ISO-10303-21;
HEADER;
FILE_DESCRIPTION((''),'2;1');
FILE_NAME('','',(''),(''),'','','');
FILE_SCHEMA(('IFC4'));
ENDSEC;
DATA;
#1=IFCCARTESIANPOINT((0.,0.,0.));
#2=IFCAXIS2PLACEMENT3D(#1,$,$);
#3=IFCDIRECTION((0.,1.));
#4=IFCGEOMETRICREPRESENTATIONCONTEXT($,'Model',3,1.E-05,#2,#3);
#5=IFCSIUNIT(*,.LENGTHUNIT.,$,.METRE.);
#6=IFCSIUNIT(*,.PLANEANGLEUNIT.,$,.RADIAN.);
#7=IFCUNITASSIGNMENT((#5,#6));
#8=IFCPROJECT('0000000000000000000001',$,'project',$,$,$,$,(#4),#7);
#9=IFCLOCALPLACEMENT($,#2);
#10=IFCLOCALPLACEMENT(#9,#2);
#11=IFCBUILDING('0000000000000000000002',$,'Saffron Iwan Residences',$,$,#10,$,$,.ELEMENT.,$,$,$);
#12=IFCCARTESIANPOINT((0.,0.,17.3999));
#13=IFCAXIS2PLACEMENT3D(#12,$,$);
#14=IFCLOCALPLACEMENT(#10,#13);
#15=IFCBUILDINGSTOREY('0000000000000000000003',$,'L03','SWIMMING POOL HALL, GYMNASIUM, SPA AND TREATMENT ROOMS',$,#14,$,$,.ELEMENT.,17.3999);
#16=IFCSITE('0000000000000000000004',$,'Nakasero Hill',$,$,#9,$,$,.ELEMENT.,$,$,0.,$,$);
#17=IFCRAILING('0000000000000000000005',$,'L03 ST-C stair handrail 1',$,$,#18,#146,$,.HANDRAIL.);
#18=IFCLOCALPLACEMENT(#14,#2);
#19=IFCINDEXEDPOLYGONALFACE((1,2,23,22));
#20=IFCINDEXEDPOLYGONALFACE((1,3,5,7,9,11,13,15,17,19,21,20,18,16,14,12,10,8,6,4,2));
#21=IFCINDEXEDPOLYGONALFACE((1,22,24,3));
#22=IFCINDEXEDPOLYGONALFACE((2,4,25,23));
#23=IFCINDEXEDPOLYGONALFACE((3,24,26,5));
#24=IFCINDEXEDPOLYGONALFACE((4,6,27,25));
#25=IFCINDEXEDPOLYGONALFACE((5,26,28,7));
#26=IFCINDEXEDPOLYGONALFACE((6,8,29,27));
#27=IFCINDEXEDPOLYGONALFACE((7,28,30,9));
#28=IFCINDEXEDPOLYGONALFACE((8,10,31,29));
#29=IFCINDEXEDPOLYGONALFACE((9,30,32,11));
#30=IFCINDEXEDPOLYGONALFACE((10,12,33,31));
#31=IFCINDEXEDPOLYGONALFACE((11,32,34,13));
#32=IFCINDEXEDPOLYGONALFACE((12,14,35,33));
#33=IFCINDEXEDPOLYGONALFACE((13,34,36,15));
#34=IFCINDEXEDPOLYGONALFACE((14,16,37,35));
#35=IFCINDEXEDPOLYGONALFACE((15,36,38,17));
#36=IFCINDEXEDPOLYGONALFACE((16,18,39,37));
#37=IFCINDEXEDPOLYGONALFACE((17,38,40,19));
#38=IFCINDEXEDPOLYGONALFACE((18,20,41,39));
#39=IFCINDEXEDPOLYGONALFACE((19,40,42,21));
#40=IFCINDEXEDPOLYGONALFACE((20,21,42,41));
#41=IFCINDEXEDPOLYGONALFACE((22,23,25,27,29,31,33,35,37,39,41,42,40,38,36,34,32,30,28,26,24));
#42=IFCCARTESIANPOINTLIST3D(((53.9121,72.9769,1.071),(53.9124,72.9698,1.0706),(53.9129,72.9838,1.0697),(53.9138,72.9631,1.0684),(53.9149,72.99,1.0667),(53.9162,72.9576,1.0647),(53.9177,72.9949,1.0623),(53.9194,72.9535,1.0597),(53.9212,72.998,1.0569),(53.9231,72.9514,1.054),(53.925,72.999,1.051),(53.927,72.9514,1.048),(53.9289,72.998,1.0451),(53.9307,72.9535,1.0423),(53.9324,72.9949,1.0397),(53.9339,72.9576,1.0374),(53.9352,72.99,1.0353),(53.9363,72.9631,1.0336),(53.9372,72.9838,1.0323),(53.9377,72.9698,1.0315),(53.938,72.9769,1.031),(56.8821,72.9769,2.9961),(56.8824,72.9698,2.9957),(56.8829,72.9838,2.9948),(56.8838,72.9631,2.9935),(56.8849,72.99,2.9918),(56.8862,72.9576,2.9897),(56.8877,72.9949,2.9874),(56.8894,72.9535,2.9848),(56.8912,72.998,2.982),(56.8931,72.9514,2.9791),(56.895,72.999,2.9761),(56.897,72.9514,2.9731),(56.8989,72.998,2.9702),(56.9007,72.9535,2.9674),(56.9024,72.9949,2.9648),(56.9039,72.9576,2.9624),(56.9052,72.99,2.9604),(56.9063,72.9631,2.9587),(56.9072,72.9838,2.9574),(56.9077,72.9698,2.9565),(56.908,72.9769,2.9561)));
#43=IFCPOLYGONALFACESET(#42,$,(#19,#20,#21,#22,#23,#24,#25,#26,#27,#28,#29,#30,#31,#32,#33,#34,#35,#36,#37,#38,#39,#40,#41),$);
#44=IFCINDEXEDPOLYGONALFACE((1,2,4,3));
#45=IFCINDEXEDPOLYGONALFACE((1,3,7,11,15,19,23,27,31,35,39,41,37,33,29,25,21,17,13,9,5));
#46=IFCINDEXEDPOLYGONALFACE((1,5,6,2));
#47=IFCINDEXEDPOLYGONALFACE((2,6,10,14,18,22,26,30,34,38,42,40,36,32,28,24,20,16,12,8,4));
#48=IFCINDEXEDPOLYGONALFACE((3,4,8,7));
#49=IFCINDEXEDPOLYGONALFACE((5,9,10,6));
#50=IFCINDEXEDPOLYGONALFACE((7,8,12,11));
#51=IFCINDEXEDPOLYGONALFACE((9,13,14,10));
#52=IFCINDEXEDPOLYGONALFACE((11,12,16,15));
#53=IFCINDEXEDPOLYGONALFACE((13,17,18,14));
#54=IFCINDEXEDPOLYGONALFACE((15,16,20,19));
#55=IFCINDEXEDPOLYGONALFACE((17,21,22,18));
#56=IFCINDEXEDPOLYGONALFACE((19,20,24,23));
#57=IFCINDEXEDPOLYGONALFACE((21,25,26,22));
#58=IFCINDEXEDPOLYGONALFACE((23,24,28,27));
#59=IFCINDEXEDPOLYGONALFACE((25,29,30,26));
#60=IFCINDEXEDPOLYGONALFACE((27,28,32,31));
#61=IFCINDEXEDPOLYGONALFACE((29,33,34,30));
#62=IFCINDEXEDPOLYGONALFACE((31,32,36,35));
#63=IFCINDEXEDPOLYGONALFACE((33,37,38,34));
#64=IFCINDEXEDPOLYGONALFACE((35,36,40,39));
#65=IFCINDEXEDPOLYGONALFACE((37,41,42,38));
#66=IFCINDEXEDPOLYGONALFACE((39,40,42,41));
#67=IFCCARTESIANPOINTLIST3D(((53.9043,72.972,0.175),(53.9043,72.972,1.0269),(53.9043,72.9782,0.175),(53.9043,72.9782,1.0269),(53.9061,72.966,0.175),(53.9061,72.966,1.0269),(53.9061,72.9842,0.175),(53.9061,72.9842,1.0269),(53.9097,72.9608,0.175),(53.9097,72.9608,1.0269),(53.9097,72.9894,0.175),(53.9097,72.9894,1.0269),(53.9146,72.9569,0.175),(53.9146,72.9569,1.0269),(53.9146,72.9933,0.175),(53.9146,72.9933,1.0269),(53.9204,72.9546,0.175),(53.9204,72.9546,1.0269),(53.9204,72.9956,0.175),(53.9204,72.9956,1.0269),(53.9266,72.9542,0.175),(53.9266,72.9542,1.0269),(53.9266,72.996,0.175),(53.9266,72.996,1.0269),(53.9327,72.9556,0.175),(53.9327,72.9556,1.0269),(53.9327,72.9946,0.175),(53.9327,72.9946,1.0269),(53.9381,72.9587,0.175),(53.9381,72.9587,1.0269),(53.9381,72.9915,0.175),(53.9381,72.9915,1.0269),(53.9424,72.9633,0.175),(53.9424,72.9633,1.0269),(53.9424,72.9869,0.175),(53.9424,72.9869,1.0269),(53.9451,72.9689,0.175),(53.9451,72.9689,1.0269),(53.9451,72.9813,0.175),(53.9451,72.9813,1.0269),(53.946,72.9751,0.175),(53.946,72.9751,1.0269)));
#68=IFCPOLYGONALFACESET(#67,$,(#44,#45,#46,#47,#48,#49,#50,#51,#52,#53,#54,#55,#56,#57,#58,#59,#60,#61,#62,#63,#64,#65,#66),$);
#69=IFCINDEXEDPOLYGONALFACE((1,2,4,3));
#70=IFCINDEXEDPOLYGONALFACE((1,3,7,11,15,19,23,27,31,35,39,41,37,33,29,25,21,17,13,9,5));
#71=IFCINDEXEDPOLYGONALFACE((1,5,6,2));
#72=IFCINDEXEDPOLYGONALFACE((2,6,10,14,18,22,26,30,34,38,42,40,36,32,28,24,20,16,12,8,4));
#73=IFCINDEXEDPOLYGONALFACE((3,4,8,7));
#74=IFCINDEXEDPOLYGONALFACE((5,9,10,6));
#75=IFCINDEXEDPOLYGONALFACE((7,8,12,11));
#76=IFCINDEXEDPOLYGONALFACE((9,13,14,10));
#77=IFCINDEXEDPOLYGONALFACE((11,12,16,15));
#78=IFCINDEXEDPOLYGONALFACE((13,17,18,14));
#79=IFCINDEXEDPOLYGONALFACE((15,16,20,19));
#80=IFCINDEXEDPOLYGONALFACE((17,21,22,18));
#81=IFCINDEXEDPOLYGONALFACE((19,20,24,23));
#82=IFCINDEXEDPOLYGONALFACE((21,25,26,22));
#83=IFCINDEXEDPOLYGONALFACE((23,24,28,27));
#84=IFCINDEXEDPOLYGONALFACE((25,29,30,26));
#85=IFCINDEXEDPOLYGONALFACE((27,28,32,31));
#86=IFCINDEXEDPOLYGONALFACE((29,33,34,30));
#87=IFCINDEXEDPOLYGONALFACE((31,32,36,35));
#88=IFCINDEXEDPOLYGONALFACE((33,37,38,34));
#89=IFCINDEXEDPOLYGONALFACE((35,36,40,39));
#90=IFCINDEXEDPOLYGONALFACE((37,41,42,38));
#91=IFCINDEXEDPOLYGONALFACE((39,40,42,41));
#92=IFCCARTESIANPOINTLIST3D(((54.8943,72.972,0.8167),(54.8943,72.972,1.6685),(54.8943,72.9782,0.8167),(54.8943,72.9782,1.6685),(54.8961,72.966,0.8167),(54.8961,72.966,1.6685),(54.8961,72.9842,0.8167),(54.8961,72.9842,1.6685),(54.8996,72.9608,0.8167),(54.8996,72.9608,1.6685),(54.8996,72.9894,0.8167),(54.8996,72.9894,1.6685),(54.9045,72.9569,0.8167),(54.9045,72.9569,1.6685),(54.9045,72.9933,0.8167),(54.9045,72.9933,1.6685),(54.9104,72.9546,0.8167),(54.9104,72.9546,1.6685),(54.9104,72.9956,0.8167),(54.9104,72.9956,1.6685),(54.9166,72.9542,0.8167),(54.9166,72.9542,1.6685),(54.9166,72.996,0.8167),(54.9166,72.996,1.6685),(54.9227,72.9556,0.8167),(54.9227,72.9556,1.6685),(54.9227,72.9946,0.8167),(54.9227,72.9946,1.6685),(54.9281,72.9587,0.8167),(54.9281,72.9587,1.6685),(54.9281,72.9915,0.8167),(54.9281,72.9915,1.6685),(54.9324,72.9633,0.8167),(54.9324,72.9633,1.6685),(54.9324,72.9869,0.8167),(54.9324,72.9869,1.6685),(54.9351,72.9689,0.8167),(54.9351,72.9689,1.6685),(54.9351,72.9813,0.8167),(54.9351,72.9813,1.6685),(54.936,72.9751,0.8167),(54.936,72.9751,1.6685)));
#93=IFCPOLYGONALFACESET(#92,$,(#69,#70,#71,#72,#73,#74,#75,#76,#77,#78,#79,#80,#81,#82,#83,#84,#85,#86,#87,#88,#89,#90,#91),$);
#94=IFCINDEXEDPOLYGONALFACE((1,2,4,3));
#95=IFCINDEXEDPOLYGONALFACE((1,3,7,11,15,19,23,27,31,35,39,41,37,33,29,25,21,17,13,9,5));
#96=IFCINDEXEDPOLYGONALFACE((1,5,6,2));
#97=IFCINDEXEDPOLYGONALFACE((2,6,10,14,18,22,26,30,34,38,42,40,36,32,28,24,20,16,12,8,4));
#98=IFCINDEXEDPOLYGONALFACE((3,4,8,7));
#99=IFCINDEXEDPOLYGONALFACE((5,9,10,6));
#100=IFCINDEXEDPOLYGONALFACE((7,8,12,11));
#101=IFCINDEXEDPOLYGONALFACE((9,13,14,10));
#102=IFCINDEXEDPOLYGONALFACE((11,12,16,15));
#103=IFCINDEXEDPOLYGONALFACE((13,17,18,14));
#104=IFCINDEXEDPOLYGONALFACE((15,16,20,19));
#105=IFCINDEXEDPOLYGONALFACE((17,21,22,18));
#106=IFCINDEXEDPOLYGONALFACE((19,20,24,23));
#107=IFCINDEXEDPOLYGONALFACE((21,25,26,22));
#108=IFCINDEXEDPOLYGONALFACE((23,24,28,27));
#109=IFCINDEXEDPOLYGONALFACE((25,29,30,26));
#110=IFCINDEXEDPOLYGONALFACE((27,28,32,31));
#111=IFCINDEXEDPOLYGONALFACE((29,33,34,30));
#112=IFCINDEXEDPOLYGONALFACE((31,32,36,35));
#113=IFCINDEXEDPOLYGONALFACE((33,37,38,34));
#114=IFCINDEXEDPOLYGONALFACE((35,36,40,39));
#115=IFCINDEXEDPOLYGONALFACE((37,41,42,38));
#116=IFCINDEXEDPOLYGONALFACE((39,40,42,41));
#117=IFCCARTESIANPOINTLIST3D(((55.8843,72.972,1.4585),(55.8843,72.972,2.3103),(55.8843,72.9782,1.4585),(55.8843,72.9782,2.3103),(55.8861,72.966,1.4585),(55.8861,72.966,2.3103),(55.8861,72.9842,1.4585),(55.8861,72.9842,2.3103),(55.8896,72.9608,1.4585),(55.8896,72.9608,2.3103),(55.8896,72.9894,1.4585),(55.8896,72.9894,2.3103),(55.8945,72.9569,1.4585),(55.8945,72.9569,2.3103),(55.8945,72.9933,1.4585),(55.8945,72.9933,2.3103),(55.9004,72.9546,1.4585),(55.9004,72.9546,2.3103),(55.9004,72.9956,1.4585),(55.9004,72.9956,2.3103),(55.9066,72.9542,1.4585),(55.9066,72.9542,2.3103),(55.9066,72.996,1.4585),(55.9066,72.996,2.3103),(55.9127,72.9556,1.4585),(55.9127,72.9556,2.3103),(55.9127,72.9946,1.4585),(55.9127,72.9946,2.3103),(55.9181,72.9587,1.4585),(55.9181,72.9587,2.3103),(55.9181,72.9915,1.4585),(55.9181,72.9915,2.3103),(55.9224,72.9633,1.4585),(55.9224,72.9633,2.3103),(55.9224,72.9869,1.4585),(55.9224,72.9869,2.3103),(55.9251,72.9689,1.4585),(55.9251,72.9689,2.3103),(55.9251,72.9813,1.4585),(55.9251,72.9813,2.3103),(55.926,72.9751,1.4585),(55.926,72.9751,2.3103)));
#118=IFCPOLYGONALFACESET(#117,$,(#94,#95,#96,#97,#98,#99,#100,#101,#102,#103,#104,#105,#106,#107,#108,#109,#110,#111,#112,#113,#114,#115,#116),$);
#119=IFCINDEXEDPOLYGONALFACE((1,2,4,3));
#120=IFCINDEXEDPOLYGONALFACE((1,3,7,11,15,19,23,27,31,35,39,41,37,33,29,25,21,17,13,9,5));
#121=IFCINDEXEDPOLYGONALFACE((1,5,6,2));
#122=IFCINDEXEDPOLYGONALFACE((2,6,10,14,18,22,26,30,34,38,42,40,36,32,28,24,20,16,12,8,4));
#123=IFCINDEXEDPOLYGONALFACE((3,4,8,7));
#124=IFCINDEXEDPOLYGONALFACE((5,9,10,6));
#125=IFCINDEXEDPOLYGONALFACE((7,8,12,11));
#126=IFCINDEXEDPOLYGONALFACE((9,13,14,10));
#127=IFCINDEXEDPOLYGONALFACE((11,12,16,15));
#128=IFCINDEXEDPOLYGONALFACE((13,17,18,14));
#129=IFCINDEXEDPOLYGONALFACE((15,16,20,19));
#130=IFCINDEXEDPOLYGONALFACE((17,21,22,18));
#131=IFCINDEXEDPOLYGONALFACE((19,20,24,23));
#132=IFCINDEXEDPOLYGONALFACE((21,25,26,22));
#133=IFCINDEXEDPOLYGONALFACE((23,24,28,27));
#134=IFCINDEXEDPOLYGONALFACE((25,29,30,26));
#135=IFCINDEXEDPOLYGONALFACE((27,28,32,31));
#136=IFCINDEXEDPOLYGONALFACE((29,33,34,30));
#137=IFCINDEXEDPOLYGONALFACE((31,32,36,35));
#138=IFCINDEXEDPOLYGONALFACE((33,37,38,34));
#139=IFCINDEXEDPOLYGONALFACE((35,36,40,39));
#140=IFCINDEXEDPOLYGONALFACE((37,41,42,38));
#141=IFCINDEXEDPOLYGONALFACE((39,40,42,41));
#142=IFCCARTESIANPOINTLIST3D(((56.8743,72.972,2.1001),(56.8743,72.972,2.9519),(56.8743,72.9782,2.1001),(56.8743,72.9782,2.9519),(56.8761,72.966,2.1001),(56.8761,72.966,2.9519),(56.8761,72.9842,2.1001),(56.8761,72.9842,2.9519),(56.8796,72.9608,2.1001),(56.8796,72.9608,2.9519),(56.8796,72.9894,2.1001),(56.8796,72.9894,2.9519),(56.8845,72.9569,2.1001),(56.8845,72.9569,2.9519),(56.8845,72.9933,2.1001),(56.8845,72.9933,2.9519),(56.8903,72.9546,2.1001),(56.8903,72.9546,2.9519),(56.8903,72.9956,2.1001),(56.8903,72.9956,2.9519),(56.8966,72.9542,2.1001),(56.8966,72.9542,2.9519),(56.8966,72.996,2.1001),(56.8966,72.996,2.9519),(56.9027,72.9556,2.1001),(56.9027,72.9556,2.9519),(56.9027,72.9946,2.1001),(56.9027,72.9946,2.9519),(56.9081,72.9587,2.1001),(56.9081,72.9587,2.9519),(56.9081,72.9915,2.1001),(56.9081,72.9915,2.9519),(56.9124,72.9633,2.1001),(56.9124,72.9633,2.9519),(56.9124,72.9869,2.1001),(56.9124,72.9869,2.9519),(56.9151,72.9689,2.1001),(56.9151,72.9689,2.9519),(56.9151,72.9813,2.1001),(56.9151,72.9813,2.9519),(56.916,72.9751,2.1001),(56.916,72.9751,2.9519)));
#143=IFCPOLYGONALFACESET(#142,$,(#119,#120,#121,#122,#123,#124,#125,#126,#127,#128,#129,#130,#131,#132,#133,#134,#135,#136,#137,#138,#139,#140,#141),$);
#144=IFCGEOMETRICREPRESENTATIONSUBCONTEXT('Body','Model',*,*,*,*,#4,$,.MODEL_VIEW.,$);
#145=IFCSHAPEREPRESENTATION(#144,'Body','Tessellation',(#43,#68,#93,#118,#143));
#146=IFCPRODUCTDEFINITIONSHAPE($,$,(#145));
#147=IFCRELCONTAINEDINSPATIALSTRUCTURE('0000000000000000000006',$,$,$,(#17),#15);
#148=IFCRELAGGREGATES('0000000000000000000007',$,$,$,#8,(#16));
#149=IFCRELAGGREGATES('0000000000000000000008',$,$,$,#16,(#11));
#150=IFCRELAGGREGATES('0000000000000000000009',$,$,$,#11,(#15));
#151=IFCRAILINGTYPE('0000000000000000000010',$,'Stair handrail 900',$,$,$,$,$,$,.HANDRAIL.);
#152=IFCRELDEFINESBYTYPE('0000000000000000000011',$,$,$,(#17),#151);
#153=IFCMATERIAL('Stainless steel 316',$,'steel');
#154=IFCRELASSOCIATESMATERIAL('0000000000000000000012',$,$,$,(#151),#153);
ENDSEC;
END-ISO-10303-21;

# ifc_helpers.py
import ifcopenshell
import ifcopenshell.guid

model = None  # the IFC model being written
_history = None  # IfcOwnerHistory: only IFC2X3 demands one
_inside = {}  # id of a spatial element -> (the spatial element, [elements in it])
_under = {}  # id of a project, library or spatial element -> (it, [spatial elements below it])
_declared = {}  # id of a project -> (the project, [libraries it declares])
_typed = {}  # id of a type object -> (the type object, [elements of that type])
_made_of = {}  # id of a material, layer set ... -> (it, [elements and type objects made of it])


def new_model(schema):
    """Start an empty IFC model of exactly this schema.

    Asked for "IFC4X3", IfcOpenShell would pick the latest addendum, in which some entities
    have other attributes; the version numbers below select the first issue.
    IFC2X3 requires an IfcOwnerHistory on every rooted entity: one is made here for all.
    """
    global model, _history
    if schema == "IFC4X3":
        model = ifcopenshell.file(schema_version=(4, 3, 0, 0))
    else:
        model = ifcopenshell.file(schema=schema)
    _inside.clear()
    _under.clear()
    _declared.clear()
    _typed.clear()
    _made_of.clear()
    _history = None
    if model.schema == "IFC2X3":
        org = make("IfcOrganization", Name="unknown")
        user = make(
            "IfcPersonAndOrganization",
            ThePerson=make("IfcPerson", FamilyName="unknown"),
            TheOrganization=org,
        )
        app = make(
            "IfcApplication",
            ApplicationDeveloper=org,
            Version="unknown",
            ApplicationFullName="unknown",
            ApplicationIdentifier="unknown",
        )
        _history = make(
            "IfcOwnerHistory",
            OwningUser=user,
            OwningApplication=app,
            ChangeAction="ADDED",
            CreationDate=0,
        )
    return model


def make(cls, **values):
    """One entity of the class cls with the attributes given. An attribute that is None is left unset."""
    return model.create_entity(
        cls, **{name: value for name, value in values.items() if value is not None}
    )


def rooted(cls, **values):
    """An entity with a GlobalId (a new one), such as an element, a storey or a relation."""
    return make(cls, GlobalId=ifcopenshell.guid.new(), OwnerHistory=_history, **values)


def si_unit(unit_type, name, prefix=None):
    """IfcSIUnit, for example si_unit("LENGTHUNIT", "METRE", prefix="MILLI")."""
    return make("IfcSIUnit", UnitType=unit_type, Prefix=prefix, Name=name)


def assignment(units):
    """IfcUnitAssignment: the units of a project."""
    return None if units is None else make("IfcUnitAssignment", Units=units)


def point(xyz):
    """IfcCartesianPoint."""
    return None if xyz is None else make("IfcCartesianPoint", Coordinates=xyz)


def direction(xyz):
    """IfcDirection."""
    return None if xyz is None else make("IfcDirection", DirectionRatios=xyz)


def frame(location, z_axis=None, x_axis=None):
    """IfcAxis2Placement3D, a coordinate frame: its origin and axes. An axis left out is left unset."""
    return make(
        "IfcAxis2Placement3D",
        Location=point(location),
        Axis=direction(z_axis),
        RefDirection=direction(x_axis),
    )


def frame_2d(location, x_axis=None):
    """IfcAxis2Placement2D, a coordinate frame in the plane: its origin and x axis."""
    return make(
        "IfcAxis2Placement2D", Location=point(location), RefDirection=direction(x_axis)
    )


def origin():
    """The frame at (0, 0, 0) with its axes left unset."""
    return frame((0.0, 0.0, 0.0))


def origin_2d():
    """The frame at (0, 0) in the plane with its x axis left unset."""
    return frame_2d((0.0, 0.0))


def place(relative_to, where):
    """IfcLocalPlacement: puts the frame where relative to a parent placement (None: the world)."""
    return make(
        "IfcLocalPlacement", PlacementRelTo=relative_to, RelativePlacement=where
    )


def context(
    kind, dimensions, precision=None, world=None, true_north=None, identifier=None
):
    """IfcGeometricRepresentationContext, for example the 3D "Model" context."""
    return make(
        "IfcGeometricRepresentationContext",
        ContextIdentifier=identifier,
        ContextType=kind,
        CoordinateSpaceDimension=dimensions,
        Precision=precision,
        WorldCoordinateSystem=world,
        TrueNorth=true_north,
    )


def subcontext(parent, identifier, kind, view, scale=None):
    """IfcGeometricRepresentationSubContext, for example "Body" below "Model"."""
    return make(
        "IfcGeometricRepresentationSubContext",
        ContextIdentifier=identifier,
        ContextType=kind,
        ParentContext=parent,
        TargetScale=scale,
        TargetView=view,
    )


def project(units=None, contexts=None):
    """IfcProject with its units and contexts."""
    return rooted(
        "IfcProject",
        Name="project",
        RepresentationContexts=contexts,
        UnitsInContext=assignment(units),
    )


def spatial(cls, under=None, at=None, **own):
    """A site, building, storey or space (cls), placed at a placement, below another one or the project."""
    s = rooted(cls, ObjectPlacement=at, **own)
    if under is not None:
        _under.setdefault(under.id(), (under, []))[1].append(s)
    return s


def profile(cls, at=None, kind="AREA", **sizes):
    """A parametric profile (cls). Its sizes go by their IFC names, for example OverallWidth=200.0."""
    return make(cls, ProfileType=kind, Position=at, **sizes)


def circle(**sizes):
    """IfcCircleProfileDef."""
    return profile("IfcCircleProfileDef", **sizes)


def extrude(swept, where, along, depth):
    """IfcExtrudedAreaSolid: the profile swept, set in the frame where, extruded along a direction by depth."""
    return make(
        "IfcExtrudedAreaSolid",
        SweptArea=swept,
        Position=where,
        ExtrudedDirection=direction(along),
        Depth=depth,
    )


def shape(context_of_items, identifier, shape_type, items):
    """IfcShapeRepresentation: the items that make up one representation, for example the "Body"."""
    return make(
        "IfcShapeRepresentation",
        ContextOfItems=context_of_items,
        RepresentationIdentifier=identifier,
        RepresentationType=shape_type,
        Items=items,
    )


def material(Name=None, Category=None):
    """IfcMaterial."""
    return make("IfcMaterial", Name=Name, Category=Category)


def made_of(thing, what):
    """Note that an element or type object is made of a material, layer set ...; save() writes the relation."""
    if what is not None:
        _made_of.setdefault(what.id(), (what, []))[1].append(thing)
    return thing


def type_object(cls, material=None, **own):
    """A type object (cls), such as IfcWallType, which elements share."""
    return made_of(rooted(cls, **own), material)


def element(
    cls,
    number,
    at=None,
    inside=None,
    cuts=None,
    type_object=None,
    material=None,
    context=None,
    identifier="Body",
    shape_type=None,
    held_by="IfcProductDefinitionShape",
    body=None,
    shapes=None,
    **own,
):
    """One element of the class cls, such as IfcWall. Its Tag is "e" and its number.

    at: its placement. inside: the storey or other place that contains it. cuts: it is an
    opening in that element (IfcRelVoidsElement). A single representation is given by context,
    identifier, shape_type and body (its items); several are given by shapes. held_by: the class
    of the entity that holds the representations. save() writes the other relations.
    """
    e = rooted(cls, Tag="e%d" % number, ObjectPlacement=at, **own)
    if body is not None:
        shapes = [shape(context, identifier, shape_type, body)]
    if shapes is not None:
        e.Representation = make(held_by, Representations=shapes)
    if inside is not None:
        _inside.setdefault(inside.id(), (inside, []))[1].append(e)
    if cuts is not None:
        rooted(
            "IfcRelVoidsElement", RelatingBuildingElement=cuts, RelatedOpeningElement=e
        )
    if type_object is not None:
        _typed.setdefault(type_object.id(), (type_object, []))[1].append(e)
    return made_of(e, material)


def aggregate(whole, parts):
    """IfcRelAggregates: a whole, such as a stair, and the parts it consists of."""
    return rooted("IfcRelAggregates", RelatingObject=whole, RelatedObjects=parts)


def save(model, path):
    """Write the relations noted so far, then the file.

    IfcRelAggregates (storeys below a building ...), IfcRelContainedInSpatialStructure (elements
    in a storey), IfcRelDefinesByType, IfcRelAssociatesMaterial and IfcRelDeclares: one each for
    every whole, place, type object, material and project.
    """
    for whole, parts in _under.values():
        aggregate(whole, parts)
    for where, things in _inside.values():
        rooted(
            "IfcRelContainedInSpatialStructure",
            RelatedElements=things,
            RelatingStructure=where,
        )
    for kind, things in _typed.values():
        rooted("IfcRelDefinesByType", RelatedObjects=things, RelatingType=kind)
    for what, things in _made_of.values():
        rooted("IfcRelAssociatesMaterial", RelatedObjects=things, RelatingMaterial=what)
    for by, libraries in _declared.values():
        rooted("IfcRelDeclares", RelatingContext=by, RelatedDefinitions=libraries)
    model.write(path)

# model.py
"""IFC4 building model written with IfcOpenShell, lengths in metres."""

from ifc_helpers import new_model, si_unit, direction, frame, origin, origin_2d, place, context, subcontext, project, spatial, circle, extrude, material, type_object, element, save


model = new_model("IFC4")

# Units and contexts
model_context = context("Model", 3, precision=1e-05, world=origin(), true_north=direction((0.0, 1.0)))
body_context = subcontext(model_context, "Body", "Model", "MODEL_VIEW")
ifc_project = project(units=[si_unit("LENGTHUNIT", "METRE"), si_unit("PLANEANGLEUNIT", "RADIAN")], contexts=[model_context])

# Site, building, storey
site_placement = place(None, origin())
site = spatial("IfcSite", under=ifc_project, at=site_placement, Name="Nakasero Hill", CompositionType="ELEMENT", RefElevation=0.0)
building_placement = place(site_placement, origin())
building = spatial("IfcBuilding", under=site, at=building_placement, Name="Saffron Iwan Residences", CompositionType="ELEMENT")
storey_placement = place(building_placement, frame((0.0, 0.0, 17.3999)))
storey = spatial("IfcBuildingStorey", under=building, at=storey_placement, Name="L03", Description="SWIMMING POOL HALL, GYMNASIUM, SPA AND TREATMENT ROOMS", CompositionType="ELEMENT", Elevation=17.3999)

# Railing
ifc_material_1 = material(Name="Stainless steel 316", Category="steel")
railing_type_1 = type_object("IfcRailingType", Name="Stair handrail 900", PredefinedType="HANDRAIL", material=ifc_material_1)
railing_1_placement = place(storey_placement, frame((53.925, 72.9751, 0.175)))
element("IfcRailing", 1, at=railing_1_placement, inside=storey, type_object=railing_type_1, Name="L03 ST-C stair handrail 1", PredefinedType="HANDRAIL", context=body_context, shape_type="SweptSolid", body=[
    extrude(circle(Radius=0.0239, at=origin_2d()), frame((0.0, 0.0, 0.876), z_axis=(0.839144, 0.0, 0.543909), x_axis=(0.0, 1.0, 0.0)), (0.0, 0.0, 1.0), 3.5393),
    extrude(circle(Radius=0.021, at=origin_2d()), origin(), (0.0, 0.0, 1.0), 0.8518),
    extrude(circle(Radius=0.021, at=origin_2d()), frame((0.99, 0.0, 0.6416)), (0.0, 0.0, 1.0), 0.8518),
    extrude(circle(Radius=0.021, at=origin_2d()), frame((1.98, 0.0, 1.2834)), (0.0, 0.0, 1.0), 0.8518),
    extrude(circle(Radius=0.021, at=origin_2d()), frame((2.97, 0.0, 1.925)), (0.0, 0.0, 1.0), 0.8518),
])

save(model, "model.ifc")
